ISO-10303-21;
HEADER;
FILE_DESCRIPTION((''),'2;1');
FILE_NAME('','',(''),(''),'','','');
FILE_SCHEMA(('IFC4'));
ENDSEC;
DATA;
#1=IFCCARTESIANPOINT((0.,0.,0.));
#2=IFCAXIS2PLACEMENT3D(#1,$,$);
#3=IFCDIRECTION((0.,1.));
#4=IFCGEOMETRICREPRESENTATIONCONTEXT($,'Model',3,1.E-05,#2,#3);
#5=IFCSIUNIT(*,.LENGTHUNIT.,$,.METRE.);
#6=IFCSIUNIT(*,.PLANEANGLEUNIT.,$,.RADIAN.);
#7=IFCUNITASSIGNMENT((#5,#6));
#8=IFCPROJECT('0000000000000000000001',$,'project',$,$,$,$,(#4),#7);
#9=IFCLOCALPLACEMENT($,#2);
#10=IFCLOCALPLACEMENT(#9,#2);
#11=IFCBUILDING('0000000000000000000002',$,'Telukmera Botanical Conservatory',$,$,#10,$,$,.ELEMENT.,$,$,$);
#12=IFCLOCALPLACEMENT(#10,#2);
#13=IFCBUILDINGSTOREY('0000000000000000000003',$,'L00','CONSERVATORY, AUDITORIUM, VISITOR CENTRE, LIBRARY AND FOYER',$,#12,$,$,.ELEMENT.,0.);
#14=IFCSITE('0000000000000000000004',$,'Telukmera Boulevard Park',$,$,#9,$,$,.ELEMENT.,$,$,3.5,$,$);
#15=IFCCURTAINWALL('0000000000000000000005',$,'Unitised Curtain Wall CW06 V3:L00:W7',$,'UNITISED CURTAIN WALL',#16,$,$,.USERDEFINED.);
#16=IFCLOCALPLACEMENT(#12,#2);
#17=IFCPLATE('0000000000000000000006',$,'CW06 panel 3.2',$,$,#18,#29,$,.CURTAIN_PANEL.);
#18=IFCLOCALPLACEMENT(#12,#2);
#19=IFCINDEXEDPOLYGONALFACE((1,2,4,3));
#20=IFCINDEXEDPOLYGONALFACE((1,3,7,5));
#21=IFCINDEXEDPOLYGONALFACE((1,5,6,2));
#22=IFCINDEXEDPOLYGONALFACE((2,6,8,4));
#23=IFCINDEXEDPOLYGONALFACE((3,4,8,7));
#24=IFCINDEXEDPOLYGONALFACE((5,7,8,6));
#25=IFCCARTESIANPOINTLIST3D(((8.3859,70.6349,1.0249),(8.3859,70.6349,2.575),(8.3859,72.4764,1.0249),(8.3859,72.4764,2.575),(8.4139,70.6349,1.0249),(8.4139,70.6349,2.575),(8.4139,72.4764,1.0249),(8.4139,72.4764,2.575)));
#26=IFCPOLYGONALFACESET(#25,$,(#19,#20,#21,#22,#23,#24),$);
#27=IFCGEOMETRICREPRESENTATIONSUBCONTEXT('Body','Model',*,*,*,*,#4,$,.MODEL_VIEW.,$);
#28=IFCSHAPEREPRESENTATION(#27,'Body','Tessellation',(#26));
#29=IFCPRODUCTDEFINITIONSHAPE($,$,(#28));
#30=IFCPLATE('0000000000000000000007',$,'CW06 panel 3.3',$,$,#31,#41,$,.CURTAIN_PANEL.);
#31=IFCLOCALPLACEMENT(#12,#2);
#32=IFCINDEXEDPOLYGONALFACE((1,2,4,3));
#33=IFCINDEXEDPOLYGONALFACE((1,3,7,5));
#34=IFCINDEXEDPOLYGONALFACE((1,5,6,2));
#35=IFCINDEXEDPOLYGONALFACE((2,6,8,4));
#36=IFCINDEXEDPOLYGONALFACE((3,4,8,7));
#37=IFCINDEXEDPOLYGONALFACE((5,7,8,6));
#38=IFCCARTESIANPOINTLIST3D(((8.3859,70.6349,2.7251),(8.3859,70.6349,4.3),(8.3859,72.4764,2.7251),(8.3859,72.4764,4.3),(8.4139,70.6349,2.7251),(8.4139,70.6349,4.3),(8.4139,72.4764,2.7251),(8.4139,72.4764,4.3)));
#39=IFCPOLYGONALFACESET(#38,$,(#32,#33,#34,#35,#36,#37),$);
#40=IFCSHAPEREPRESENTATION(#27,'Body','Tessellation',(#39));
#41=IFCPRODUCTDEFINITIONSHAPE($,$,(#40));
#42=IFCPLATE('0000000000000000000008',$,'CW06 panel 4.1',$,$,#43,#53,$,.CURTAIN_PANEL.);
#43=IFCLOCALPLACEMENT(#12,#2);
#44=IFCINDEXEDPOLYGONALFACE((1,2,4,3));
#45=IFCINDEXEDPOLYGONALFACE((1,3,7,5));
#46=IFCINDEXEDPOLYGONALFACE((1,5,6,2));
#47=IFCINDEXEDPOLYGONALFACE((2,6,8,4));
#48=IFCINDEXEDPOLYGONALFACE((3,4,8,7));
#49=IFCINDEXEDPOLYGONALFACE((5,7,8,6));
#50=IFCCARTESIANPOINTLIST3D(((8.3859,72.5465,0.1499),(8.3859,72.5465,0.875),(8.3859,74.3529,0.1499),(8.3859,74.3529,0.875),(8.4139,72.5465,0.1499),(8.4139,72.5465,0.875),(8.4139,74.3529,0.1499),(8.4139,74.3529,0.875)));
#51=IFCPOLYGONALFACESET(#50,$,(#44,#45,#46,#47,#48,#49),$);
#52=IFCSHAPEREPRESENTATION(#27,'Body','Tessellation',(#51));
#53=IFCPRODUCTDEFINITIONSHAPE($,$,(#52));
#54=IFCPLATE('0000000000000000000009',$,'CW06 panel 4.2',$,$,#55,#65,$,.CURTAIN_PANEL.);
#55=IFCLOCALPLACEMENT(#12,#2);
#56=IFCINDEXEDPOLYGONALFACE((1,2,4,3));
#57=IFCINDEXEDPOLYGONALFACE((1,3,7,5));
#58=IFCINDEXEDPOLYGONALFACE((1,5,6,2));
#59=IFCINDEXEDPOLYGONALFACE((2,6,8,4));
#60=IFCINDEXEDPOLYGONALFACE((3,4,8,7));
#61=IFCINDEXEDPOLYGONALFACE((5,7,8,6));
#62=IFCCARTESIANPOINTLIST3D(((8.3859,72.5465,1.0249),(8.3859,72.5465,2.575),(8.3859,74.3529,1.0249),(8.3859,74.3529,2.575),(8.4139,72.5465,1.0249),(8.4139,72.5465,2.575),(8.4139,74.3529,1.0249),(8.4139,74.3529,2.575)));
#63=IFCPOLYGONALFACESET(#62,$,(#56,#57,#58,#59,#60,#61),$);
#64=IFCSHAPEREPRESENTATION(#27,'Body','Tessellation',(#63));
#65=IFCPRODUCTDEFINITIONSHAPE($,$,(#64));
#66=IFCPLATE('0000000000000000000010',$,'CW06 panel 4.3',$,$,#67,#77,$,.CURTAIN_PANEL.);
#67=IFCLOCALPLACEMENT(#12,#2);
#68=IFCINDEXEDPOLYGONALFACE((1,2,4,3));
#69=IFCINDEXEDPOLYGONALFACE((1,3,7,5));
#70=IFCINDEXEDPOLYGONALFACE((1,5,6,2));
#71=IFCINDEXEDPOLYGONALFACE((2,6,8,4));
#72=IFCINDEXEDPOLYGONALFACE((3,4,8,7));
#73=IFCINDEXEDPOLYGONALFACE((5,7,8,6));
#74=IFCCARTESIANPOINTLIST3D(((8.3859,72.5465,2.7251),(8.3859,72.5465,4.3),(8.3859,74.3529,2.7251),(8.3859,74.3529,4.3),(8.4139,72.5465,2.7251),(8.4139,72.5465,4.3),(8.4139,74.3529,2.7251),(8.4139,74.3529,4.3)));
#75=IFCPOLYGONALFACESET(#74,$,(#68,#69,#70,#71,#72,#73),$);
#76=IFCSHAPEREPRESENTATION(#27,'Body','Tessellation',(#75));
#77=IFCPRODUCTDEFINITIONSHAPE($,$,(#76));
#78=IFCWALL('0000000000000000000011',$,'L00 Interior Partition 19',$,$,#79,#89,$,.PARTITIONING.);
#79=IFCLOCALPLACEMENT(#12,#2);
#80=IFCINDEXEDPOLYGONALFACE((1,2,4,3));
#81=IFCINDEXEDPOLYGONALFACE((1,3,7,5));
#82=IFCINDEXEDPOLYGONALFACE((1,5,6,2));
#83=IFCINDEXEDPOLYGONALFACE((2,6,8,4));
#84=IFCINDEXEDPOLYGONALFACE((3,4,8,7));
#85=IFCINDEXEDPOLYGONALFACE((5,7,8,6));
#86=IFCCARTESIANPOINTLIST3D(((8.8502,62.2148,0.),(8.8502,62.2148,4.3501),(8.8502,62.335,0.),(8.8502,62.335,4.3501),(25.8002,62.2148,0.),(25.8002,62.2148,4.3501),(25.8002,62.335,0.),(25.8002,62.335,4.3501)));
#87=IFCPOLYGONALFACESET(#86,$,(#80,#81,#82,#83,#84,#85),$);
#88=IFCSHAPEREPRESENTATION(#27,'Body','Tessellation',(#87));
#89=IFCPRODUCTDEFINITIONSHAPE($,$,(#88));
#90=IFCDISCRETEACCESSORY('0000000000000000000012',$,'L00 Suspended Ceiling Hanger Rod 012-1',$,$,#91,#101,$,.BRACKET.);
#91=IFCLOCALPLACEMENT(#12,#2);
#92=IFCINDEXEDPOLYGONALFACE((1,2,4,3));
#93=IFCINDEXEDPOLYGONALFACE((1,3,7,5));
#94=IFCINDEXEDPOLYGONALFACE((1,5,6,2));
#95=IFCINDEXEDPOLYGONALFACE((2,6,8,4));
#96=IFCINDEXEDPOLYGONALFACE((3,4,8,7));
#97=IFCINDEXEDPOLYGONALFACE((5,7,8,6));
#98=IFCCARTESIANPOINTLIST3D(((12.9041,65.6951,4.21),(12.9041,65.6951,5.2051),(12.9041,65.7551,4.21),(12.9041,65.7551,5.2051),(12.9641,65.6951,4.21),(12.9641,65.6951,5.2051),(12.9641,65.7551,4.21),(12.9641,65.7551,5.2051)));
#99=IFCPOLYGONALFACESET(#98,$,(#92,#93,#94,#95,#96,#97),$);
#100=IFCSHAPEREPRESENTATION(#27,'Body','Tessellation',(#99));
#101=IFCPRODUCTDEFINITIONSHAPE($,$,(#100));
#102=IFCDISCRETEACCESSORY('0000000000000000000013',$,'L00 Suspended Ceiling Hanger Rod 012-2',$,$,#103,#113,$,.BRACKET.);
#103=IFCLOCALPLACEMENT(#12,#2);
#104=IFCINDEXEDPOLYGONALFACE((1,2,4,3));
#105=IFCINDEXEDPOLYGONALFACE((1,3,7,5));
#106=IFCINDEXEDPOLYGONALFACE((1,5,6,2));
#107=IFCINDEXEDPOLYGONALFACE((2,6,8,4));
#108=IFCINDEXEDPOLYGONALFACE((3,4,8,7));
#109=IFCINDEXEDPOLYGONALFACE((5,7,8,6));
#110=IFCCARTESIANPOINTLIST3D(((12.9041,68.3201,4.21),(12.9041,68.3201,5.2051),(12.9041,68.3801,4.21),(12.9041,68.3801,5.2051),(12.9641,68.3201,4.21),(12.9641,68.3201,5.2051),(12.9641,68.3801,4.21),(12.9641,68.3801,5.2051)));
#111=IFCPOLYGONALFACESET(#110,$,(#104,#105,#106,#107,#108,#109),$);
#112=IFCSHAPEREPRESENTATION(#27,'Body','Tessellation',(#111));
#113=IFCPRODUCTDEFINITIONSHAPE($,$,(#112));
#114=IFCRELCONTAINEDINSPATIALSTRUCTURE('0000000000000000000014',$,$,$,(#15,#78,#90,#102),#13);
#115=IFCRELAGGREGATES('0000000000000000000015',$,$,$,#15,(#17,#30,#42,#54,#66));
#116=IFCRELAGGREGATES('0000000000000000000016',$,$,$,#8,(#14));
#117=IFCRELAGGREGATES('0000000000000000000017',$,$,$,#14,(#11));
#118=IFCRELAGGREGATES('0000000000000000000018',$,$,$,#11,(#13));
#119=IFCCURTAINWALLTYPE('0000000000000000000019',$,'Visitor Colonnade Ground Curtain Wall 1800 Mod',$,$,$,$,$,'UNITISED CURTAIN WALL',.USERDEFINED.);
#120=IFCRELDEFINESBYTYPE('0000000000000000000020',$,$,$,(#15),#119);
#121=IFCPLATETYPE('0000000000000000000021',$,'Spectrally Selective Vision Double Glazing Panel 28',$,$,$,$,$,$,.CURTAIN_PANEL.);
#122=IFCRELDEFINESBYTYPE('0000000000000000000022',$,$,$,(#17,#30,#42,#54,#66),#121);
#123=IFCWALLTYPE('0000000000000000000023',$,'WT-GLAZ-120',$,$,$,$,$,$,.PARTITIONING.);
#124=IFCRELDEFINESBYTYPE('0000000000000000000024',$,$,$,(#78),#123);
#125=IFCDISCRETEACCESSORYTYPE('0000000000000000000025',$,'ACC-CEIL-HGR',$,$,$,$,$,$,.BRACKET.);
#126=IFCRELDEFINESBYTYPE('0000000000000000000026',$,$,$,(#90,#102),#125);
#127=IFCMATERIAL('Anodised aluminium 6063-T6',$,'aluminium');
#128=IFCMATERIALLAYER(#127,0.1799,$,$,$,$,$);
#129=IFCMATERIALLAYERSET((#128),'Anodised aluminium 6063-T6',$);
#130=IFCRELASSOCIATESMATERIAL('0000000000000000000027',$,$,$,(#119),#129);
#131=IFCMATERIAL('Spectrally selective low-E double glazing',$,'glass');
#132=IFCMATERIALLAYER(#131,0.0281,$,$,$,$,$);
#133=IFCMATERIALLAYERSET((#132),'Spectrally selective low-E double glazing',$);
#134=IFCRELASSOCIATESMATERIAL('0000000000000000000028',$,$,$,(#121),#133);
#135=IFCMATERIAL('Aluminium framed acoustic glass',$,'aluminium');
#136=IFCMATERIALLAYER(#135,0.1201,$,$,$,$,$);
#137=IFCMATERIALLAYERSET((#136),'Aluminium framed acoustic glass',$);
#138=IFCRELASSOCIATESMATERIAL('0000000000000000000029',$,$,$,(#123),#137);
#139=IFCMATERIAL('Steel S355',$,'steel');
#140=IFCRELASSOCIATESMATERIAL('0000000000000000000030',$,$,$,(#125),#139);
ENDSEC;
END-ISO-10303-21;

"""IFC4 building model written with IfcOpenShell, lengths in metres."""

from ifc_helpers import new_model, si_unit, direction, frame, frame_2d, origin, origin_2d, place, context, subcontext, project, spatial, rectangle, extrude, material, layer, layer_set, type_object, element, aggregate, save


model = new_model("IFC4")

# Units and contexts
model_context = context("Model", 3, precision=1e-05, world=origin(), true_north=direction((0.0, 1.0)))
body_context = subcontext(model_context, "Body", "Model", "MODEL_VIEW")
ifc_project = project(units=[si_unit("LENGTHUNIT", "METRE"), si_unit("PLANEANGLEUNIT", "RADIAN")], contexts=[model_context])

# Site, building, storey
site_placement = place(None, origin())
site = spatial("IfcSite", under=ifc_project, at=site_placement, Name="Telukmera Boulevard Park", CompositionType="ELEMENT", RefElevation=3.5)
building_placement = place(site_placement, origin())
building = spatial("IfcBuilding", under=site, at=building_placement, Name="Telukmera Botanical Conservatory", CompositionType="ELEMENT")
storey_placement = place(building_placement, origin())
storey = spatial("IfcBuildingStorey", under=building, at=storey_placement, Name="L00", Description="CONSERVATORY, AUDITORIUM, VISITOR CENTRE, LIBRARY AND FOYER", CompositionType="ELEMENT", Elevation=0.0)

# Shared definitions
ifc_material_1 = material(Name="Anodised aluminium 6063-T6", Category="aluminium")

# Curtain wall
ifc_layer_1 = layer(ifc_material_1, 0.1799)
ifc_layer_set_1 = layer_set([ifc_layer_1], Name="Anodised aluminium 6063-T6")
curtain_wall_type_1 = type_object("IfcCurtainWallType", Name="Visitor Colonnade Ground Curtain Wall 1800 Mod", ElementType="UNITISED CURTAIN WALL", PredefinedType="USERDEFINED", material=ifc_layer_set_1)
curtain_wall_1_placement = place(storey_placement, origin())
curtain_wall_1 = element("IfcCurtainWall", 1, at=curtain_wall_1_placement, inside=storey, type_object=curtain_wall_type_1, Name="Unitised Curtain Wall CW06 V3:L00:W7", ObjectType="UNITISED CURTAIN WALL", PredefinedType="USERDEFINED")

# Plates
ifc_material_2 = material(Name="Spectrally selective low-E double glazing", Category="glass")
ifc_layer_2 = layer(ifc_material_2, 0.0281)
ifc_layer_set_2 = layer_set([ifc_layer_2], Name="Spectrally selective low-E double glazing")
plate_type = type_object("IfcPlateType", Name="Spectrally Selective Vision Double Glazing Panel 28", PredefinedType="CURTAIN_PANEL", material=ifc_layer_set_2)
plate_1_placement = place(storey_placement, frame((8.3999, 71.5557, 1.0249), z_axis=(0.0, 0.0, 1.0), x_axis=(0.0, 1.0, 0.0)))
plate_1 = element("IfcPlate", 2, at=plate_1_placement, type_object=plate_type, Name="CW06 panel 3.2", PredefinedType="CURTAIN_PANEL", context=body_context, shape_type="SweptSolid", body=[
    extrude(rectangle(XDim=1.8416, YDim=0.0281, at=origin_2d()), origin(), (0.0, 0.0, 1.0), 1.55),
])
plate_2_placement = place(storey_placement, frame((8.3999, 71.5557, 2.7251), z_axis=(0.0, 0.0, 1.0), x_axis=(0.0, 1.0, 0.0)))
plate_2 = element("IfcPlate", 3, at=plate_2_placement, type_object=plate_type, Name="CW06 panel 3.3", PredefinedType="CURTAIN_PANEL", context=body_context, shape_type="SweptSolid", body=[
    extrude(rectangle(XDim=1.8416, YDim=0.0281, at=origin_2d()), origin(), (0.0, 0.0, 1.0), 1.575),
])
plate_3_placement = place(storey_placement, frame((8.3999, 73.4497, 0.1499), z_axis=(0.0, 0.0, 1.0), x_axis=(0.0, 1.0, 0.0)))
plate_3 = element("IfcPlate", 4, at=plate_3_placement, type_object=plate_type, Name="CW06 panel 4.1", PredefinedType="CURTAIN_PANEL", context=body_context, shape_type="SweptSolid", body=[
    extrude(rectangle(XDim=1.8064, YDim=0.0281, at=origin_2d()), origin(), (0.0, 0.0, 1.0), 0.7251),
])
plate_4_placement = place(storey_placement, frame((8.3999, 73.4497, 1.0249), z_axis=(0.0, 0.0, 1.0), x_axis=(0.0, 1.0, 0.0)))
plate_4 = element("IfcPlate", 5, at=plate_4_placement, type_object=plate_type, Name="CW06 panel 4.2", PredefinedType="CURTAIN_PANEL", context=body_context, shape_type="SweptSolid", body=[
    extrude(rectangle(XDim=1.8064, YDim=0.0281, at=origin_2d()), origin(), (0.0, 0.0, 1.0), 1.55),
])
plate_5_placement = place(storey_placement, frame((8.3999, 73.4497, 2.7251), z_axis=(0.0, 0.0, 1.0), x_axis=(0.0, 1.0, 0.0)))
plate_5 = element("IfcPlate", 6, at=plate_5_placement, type_object=plate_type, Name="CW06 panel 4.3", PredefinedType="CURTAIN_PANEL", context=body_context, shape_type="SweptSolid", body=[
    extrude(rectangle(XDim=1.8064, YDim=0.0281, at=origin_2d()), origin(), (0.0, 0.0, 1.0), 1.575),
])
aggregate(curtain_wall_1, [plate_1, plate_2, plate_3, plate_4, plate_5])

# Wall
ifc_material_3 = material(Name="Aluminium framed acoustic glass", Category="aluminium")
ifc_layer_3 = layer(ifc_material_3, 0.1201)
ifc_layer_set_3 = layer_set([ifc_layer_3], Name="Aluminium framed acoustic glass")
wall_type = type_object("IfcWallType", Name="WT-GLAZ-120", PredefinedType="PARTITIONING", material=ifc_layer_set_3)
wall_placement = place(storey_placement, frame((8.8501, 62.2749, 0.0), z_axis=(0.0, 0.0, 1.0), x_axis=(1.0, 0.0, 0.0)))
element("IfcWall", 7, at=wall_placement, inside=storey, type_object=wall_type, Name="L00 Interior Partition 19", PredefinedType="PARTITIONING", context=body_context, shape_type="SweptSolid", body=[
    extrude(rectangle(XDim=16.95, YDim=0.1201, at=frame_2d((8.4751, 0.0))), origin(), (0.0, 0.0, 1.0), 4.3501),
])

# Discrete accessories
ifc_material_4 = material(Name="Steel S355", Category="steel")
discrete_accessory_type = type_object("IfcDiscreteAccessoryType", Name="ACC-CEIL-HGR", PredefinedType="BRACKET", material=ifc_material_4)
for number, where, z_axis, x_axis, name in (
    (8, (12.9341, 65.7251, 4.21), (0.0, 0.0, 1.0), (1.0, 0.0, 0.0), "L00 Suspended Ceiling Hanger Rod 012-1"),
    (9, (12.9341, 68.3501, 4.21), (0.0, 0.0, 1.0), (1.0, 0.0, 0.0), "L00 Suspended Ceiling Hanger Rod 012-2"),
):
    element("IfcDiscreteAccessory", number, at=place(storey_placement, frame(where, z_axis=z_axis, x_axis=x_axis)), inside=storey, type_object=discrete_accessory_type, Name=name, PredefinedType="BRACKET", context=body_context, shape_type="SweptSolid", body=[
        extrude(rectangle(XDim=0.0601, YDim=0.0601, at=origin_2d()), origin(), (0.0, 0.0, 1.0), 0.9951),
    ])

save(model, "model.ifc")
